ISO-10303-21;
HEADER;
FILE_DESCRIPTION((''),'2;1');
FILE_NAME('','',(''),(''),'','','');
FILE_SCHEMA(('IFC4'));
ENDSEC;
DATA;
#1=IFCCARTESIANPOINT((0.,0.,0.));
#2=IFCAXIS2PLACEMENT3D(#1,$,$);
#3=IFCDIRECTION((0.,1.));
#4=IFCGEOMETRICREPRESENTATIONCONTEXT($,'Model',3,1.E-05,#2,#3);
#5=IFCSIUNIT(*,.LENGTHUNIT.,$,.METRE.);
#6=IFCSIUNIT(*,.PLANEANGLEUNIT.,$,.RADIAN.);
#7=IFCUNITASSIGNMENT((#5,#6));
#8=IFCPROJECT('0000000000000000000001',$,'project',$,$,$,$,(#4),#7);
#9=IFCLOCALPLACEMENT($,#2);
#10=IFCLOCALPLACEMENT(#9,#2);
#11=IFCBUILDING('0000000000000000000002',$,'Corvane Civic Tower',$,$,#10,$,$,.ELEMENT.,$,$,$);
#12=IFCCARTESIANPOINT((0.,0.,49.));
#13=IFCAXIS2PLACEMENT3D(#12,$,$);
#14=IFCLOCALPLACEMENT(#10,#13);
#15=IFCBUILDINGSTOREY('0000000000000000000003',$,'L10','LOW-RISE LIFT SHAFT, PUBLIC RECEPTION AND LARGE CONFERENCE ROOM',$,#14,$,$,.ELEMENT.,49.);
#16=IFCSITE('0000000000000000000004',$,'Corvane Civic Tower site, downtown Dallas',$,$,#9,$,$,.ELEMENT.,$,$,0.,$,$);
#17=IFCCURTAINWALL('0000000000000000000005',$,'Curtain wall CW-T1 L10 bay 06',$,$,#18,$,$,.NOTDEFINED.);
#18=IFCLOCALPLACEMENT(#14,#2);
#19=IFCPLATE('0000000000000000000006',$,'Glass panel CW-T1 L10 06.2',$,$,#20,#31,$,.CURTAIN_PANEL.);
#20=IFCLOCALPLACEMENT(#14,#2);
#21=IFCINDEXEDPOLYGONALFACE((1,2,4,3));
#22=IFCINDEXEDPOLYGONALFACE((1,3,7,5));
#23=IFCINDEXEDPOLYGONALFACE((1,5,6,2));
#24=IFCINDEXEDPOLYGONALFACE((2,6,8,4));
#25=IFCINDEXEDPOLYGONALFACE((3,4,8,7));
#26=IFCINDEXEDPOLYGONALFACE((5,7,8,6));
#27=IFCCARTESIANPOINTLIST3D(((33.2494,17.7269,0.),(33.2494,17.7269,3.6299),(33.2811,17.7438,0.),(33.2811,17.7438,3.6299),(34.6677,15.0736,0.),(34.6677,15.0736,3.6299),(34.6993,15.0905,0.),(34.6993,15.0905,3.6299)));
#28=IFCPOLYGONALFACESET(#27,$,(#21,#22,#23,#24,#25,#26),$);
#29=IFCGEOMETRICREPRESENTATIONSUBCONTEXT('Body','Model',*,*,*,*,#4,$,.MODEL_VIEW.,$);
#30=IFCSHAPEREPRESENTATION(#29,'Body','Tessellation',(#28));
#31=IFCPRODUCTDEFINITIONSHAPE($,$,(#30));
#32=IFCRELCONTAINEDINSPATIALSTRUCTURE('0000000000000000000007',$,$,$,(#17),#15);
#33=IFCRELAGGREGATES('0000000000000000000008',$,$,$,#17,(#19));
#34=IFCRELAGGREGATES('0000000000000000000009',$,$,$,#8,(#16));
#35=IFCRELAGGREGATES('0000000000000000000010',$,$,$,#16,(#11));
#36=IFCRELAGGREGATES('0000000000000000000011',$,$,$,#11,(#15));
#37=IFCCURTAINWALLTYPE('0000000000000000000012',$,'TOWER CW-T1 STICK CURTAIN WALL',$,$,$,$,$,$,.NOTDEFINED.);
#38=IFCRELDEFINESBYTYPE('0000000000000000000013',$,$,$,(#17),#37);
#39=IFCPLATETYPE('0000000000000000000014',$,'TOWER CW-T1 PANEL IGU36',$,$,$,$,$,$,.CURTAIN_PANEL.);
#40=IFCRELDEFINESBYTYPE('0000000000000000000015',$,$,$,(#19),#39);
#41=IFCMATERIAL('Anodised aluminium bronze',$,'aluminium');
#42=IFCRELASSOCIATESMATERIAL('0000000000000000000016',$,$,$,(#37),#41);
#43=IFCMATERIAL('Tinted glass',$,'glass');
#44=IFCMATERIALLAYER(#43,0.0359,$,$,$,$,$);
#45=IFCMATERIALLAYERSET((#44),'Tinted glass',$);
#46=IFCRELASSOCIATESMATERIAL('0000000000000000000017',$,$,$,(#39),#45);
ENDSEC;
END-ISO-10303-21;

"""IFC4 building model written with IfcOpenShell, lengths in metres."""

from ifc_helpers import new_model, si_unit, direction, frame, origin, origin_2d, place, context, subcontext, project, spatial, rectangle, extrude, material, layer, layer_set, type_object, element, aggregate, save


model = new_model("IFC4")

# Units and contexts
model_context = context("Model", 3, precision=1e-05, world=origin(), true_north=direction((0.0, 1.0)))
body_context = subcontext(model_context, "Body", "Model", "MODEL_VIEW")
ifc_project = project(units=[si_unit("LENGTHUNIT", "METRE"), si_unit("PLANEANGLEUNIT", "RADIAN")], contexts=[model_context])

# Site, building, storey
site_placement = place(None, origin())
site = spatial("IfcSite", under=ifc_project, at=site_placement, Name="Corvane Civic Tower site, downtown Dallas", CompositionType="ELEMENT", RefElevation=0.0)
building_placement = place(site_placement, origin())
building = spatial("IfcBuilding", under=site, at=building_placement, Name="Corvane Civic Tower", CompositionType="ELEMENT")
storey_placement = place(building_placement, frame((0.0, 0.0, 49.0)))
storey = spatial("IfcBuildingStorey", under=building, at=storey_placement, Name="L10", Description="LOW-RISE LIFT SHAFT, PUBLIC RECEPTION AND LARGE CONFERENCE ROOM", CompositionType="ELEMENT", Elevation=49.0)

# Curtain wall
ifc_material_1 = material(Name="Anodised aluminium bronze", Category="aluminium")
curtain_wall_type = type_object("IfcCurtainWallType", Name="TOWER CW-T1 STICK CURTAIN WALL", PredefinedType="NOTDEFINED", material=ifc_material_1)
curtain_wall_1_placement = place(storey_placement, origin())
curtain_wall_1 = element("IfcCurtainWall", 1, at=curtain_wall_1_placement, inside=storey, type_object=curtain_wall_type, Name="Curtain wall CW-T1 L10 bay 06", PredefinedType="NOTDEFINED")

# Plate
ifc_material_2 = material(Name="Tinted glass", Category="glass")
ifc_layer = layer(ifc_material_2, 0.0359)
ifc_layer_set = layer_set([ifc_layer], Name="Tinted glass")
plate_type = type_object("IfcPlateType", Name="TOWER CW-T1 PANEL IGU36", PredefinedType="CURTAIN_PANEL", material=ifc_layer_set)
plate_1_placement = place(storey_placement, frame((33.9744, 16.4087, 0.0), z_axis=(0.0, 0.0, 1.0), x_axis=(0.471404, -0.881918, 0.0)))
plate_1 = element("IfcPlate", 2, at=plate_1_placement, type_object=plate_type, Name="Glass panel CW-T1 L10 06.2", PredefinedType="CURTAIN_PANEL", context=body_context, shape_type="SweptSolid", body=[
    extrude(rectangle(XDim=3.0085, YDim=0.0359, at=origin_2d()), origin(), (0.0, 0.0, 1.0), 3.6299),
])
aggregate(curtain_wall_1, [plate_1])

save(model, "model.ifc")
